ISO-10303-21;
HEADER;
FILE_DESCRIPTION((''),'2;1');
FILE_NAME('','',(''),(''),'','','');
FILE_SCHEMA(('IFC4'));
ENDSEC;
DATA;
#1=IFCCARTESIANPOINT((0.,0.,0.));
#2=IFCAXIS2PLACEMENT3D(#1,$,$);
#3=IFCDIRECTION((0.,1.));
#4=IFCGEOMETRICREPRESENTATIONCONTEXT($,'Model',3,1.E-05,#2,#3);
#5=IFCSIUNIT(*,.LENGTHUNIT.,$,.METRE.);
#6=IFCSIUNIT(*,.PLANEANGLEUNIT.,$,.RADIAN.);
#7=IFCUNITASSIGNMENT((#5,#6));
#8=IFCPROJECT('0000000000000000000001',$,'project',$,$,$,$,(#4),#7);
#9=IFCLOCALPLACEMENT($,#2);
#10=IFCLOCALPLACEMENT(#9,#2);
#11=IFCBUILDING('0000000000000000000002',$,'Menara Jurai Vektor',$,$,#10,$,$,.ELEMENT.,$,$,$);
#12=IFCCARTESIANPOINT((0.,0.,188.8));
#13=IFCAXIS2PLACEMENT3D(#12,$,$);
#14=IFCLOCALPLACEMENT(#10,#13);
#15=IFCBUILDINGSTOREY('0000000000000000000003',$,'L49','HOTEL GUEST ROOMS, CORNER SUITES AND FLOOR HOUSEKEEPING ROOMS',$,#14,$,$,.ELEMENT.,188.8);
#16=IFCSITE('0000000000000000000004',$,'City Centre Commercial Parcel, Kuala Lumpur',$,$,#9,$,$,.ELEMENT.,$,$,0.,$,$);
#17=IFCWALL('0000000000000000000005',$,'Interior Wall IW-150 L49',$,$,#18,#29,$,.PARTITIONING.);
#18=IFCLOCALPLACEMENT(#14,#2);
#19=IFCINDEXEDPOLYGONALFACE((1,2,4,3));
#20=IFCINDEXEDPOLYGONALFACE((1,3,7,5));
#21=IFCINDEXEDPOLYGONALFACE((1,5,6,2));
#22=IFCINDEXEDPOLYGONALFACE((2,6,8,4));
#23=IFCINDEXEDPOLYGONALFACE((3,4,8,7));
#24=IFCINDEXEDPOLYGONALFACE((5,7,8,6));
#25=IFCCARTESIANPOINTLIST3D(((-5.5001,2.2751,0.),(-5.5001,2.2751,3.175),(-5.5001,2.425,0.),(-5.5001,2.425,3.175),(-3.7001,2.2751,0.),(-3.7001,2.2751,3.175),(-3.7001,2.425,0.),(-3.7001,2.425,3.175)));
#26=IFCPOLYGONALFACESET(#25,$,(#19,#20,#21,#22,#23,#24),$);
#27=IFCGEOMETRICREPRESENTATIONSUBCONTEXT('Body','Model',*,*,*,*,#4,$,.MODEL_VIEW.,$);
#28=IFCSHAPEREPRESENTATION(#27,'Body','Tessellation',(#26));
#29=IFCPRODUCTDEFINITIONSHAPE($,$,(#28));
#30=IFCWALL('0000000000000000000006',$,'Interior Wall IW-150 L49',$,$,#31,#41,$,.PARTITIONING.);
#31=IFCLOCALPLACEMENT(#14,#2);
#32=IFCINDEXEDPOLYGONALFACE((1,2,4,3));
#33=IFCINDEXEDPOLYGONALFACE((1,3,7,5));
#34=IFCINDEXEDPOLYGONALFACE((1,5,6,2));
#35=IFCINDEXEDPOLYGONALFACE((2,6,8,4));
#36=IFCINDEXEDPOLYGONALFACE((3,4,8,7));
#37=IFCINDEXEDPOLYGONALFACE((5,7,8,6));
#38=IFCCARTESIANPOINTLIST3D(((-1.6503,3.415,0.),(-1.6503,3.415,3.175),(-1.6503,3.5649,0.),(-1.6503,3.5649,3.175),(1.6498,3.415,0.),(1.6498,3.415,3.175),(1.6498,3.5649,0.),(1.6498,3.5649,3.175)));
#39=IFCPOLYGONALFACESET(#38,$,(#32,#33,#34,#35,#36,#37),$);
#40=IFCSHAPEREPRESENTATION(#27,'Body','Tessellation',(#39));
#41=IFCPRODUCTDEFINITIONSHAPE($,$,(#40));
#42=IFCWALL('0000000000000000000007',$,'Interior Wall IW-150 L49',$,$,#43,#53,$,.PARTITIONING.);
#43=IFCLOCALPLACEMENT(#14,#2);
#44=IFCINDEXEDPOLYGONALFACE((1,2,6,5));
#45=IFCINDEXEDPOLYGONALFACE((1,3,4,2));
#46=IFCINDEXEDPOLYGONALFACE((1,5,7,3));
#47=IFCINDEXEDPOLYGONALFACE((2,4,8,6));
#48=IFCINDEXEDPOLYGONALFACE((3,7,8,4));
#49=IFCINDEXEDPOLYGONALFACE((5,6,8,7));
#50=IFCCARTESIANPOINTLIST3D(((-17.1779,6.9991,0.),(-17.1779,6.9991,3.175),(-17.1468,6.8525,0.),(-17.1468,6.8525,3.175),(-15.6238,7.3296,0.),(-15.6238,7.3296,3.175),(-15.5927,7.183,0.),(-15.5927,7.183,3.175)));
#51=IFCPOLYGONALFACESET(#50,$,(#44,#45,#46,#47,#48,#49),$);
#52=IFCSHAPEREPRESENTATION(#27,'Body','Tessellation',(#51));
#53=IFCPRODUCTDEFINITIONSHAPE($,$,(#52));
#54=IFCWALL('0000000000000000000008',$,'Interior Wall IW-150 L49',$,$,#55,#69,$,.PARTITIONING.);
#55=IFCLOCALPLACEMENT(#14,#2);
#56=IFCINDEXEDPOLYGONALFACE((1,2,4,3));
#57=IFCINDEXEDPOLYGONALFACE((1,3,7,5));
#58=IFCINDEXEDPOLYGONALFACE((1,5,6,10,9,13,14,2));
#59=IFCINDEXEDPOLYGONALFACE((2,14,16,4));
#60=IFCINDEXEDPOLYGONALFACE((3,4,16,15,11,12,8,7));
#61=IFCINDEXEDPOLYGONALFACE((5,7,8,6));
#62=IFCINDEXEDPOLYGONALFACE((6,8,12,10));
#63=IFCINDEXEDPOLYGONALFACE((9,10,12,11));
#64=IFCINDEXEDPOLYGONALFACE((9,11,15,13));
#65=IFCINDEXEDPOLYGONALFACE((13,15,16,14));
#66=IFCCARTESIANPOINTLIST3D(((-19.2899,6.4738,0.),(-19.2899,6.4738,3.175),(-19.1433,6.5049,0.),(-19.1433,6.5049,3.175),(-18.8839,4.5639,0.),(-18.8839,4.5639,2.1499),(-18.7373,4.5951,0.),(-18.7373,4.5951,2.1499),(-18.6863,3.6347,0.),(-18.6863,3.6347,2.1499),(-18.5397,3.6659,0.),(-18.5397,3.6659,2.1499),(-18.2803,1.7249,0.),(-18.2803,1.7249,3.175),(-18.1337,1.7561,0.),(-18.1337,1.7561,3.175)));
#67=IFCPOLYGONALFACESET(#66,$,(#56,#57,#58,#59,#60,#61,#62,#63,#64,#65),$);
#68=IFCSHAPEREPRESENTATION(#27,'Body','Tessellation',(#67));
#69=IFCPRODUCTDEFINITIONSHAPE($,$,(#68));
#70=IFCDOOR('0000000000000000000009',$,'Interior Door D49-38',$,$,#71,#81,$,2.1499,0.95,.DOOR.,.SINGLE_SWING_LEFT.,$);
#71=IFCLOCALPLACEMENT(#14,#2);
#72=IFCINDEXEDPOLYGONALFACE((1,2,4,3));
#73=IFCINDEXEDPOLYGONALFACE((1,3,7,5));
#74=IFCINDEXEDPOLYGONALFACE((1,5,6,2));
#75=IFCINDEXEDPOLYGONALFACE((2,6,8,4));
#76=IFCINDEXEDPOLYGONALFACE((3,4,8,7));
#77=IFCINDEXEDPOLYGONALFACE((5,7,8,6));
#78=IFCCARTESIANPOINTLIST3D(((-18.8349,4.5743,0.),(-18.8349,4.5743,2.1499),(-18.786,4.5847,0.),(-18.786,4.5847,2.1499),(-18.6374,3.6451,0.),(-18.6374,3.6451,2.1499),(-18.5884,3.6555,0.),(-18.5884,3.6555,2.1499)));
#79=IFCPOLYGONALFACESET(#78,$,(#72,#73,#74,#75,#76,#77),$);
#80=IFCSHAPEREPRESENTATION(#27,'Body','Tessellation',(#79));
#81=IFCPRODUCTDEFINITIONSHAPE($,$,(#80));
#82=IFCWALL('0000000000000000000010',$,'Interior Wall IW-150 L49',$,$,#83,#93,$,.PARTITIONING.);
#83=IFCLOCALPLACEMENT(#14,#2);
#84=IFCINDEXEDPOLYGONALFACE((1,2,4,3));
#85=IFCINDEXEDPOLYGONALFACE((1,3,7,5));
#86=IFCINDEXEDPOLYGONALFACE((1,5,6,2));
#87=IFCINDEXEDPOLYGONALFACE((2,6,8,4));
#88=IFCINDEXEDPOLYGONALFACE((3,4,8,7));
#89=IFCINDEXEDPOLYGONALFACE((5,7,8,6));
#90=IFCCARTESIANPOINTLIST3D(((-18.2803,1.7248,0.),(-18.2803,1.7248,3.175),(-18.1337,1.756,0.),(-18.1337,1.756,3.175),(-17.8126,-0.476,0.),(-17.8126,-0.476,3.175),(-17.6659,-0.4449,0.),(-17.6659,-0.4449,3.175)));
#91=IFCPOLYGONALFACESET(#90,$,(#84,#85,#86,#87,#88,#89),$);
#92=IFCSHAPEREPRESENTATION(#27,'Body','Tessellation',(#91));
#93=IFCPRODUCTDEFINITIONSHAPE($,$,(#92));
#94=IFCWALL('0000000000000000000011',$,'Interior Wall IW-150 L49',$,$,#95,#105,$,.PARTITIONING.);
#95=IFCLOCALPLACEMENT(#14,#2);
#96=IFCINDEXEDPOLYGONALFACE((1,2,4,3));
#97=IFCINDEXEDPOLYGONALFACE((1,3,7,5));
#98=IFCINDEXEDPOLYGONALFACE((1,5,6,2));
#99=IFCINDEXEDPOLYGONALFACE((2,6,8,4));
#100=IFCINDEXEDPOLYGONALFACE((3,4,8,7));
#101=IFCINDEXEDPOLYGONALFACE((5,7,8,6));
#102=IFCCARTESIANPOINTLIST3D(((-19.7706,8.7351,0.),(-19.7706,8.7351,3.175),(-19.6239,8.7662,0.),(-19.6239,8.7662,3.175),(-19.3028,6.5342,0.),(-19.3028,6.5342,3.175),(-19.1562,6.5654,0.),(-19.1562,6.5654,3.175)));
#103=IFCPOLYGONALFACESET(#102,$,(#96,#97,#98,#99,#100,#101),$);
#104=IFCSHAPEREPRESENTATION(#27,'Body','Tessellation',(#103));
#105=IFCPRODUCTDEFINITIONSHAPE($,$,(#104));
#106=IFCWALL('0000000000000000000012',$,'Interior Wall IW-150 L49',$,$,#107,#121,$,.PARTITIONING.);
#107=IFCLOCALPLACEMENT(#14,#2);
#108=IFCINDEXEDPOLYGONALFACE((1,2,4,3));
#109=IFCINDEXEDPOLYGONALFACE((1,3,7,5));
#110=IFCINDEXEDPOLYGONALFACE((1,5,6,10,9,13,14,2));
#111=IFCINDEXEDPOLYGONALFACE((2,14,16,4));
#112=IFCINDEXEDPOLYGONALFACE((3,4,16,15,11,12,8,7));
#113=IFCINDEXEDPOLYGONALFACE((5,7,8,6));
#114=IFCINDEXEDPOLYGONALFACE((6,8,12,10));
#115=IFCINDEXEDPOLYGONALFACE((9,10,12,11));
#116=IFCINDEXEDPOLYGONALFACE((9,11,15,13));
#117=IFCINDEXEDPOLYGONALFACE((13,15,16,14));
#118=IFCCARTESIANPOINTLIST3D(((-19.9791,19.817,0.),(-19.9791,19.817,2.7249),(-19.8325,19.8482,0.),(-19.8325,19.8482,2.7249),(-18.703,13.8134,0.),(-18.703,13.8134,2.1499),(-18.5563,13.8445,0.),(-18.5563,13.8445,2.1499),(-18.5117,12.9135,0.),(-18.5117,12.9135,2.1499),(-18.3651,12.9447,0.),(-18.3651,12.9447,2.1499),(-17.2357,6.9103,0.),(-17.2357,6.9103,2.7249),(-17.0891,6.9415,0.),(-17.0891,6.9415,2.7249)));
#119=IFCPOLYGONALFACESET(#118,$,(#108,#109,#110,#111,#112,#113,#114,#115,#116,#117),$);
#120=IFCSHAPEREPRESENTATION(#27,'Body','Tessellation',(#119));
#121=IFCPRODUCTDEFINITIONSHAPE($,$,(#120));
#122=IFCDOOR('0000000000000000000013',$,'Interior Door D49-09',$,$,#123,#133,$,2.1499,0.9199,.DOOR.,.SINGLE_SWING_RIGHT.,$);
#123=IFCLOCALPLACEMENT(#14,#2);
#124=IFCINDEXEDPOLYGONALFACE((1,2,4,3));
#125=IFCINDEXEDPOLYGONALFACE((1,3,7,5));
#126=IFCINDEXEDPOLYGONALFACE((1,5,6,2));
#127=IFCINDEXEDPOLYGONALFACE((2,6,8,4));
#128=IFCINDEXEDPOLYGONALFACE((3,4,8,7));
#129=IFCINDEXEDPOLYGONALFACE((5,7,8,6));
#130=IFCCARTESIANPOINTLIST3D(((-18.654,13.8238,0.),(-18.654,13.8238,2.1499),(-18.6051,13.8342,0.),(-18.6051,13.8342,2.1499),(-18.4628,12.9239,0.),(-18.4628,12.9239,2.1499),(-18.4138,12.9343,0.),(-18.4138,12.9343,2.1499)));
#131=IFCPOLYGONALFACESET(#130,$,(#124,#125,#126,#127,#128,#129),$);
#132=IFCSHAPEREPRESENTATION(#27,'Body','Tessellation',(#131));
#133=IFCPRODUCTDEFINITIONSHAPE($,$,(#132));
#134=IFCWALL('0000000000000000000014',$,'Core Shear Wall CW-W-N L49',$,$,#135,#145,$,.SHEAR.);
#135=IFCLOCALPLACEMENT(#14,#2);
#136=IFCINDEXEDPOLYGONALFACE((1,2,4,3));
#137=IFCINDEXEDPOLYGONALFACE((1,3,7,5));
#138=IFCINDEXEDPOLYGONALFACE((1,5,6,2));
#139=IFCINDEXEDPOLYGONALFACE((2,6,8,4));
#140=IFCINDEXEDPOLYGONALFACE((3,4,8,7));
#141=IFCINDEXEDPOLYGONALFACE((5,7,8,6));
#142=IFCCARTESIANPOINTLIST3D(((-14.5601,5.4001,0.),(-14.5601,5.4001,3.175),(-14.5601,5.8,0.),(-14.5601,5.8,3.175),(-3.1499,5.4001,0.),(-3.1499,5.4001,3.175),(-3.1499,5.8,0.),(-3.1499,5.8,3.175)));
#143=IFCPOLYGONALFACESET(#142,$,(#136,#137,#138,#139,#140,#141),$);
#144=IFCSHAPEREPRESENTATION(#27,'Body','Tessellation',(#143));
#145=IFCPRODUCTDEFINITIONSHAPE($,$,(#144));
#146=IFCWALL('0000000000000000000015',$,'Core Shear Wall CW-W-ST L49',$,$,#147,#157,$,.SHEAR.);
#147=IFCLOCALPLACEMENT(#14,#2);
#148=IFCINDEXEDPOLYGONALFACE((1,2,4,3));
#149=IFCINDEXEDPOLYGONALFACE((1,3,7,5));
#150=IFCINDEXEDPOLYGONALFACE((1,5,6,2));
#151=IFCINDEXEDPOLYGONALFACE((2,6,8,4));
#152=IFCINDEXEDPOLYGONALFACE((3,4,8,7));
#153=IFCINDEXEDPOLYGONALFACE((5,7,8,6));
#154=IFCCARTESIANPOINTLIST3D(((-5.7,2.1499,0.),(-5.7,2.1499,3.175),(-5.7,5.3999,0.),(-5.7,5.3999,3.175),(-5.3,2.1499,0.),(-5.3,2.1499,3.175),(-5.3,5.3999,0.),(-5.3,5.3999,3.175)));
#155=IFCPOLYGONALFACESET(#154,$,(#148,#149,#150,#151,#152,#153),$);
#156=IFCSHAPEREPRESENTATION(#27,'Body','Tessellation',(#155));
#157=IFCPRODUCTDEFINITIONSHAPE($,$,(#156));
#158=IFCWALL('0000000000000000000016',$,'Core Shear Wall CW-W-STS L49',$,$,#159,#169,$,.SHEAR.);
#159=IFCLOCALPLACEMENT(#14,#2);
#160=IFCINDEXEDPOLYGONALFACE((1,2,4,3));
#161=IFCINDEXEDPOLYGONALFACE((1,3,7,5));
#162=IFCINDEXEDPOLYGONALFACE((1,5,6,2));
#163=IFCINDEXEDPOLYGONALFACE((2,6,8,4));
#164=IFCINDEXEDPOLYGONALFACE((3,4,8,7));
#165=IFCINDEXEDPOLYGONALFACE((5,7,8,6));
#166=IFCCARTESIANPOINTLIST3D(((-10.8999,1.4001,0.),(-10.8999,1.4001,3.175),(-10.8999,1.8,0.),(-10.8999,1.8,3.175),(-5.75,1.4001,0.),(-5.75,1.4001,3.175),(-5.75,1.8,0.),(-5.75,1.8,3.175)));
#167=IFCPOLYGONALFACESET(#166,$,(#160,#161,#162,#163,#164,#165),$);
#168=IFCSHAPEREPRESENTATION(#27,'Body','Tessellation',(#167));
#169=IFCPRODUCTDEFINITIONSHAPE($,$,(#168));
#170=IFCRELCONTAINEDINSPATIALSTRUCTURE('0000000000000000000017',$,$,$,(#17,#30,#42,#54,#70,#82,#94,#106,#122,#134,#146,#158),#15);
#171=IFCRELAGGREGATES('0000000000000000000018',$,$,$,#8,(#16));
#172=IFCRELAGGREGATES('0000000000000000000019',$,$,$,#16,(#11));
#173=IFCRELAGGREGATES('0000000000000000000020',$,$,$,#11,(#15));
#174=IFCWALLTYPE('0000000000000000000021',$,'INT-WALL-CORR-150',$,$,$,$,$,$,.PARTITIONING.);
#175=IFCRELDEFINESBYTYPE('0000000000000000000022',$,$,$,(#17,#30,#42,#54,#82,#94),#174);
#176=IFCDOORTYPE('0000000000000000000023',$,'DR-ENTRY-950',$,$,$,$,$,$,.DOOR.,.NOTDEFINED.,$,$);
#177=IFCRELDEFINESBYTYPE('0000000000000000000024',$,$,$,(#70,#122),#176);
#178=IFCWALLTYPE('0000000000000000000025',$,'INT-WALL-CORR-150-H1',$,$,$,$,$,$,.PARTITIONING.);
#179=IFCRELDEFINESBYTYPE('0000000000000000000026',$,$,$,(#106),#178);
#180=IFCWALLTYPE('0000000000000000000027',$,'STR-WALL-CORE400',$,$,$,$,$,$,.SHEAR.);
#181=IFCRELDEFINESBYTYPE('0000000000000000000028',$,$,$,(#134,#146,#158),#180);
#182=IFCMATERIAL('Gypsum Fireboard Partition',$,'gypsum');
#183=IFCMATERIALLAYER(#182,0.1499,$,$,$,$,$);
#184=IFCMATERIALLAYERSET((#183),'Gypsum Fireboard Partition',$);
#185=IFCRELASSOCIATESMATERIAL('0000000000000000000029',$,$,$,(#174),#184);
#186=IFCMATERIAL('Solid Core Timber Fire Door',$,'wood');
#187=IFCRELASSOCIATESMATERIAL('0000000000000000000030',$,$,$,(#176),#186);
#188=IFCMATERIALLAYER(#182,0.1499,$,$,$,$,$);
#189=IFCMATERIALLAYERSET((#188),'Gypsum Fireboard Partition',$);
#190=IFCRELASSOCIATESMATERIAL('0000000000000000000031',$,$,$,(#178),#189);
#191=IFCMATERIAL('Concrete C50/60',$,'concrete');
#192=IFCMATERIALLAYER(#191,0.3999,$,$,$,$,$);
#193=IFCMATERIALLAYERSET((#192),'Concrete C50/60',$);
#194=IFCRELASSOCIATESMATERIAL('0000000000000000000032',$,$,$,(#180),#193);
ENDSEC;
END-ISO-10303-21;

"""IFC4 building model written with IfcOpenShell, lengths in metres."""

from ifc_helpers import new_model, si_unit, direction, frame, frame_2d, origin, place, context, subcontext, project, spatial, rectangle, extrude, material, layer, layer_set, type_object, element, fill, save


model = new_model("IFC4")

# Units and contexts
model_context = context("Model", 3, precision=1e-05, world=origin(), true_north=direction((0.0, 1.0)))
body_context = subcontext(model_context, "Body", "Model", "MODEL_VIEW")
ifc_project = project(units=[si_unit("LENGTHUNIT", "METRE"), si_unit("PLANEANGLEUNIT", "RADIAN")], contexts=[model_context])

# Site, building, storey
site_placement = place(None, origin())
site = spatial("IfcSite", under=ifc_project, at=site_placement, Name="City Centre Commercial Parcel, Kuala Lumpur", CompositionType="ELEMENT", RefElevation=0.0)
building_placement = place(site_placement, origin())
building = spatial("IfcBuilding", under=site, at=building_placement, Name="Menara Jurai Vektor", CompositionType="ELEMENT")
storey_placement = place(building_placement, frame((0.0, 0.0, 188.8)))
storey = spatial("IfcBuildingStorey", under=building, at=storey_placement, Name="L49", Description="HOTEL GUEST ROOMS, CORNER SUITES AND FLOOR HOUSEKEEPING ROOMS", CompositionType="ELEMENT", Elevation=188.8)

# Shared definitions
ifc_material_1 = material(Name="Concrete C50/60", Category="concrete")

# Walls
ifc_material_2 = material(Name="Gypsum Fireboard Partition", Category="gypsum")
ifc_layer_1 = layer(ifc_material_2, 0.1499)
ifc_layer_set_1 = layer_set([ifc_layer_1], Name="Gypsum Fireboard Partition")
wall_type_1 = type_object("IfcWallType", Name="INT-WALL-CORR-150", PredefinedType="PARTITIONING", material=ifc_layer_set_1)
for number, where, z_axis, x_axis, name in (
    (1, (-5.5, 2.3501, 0.0), (0.0, 0.0, 1.0), (1.0, 0.0, 0.0), "Interior Wall IW-150 L49"),
):
    element("IfcWall", number, at=place(storey_placement, frame(where, z_axis=z_axis, x_axis=x_axis)), inside=storey, type_object=wall_type_1, Name=name, PredefinedType="PARTITIONING", context=body_context, shape_type="SweptSolid", body=[
        extrude(rectangle(XDim=1.8, YDim=0.1499, at=frame_2d((0.8999, 0.0))), origin(), (0.0, 0.0, 1.0), 3.175),
    ])
wall_1_placement = place(storey_placement, frame((-1.6501, 3.49, 0.0), z_axis=(0.0, 0.0, 1.0), x_axis=(1.0, 0.0, 0.0)))
element("IfcWall", 2, at=wall_1_placement, inside=storey, type_object=wall_type_1, Name="Interior Wall IW-150 L49", PredefinedType="PARTITIONING", context=body_context, shape_type="SweptSolid", body=[
    extrude(rectangle(XDim=3.3, YDim=0.1499, at=frame_2d((1.6499, 0.0))), origin(), (0.0, 0.0, 1.0), 3.175),
])
wall_2_placement = place(storey_placement, frame((-17.1624, 6.9258, 0.0), z_axis=(0.0, 0.0, 1.0), x_axis=(0.978121, 0.208039, 0.0)))
element("IfcWall", 3, at=wall_2_placement, inside=storey, type_object=wall_type_1, Name="Interior Wall IW-150 L49", PredefinedType="PARTITIONING", context=body_context, shape_type="SweptSolid", body=[
    extrude(rectangle(XDim=1.5889, YDim=0.1499, at=frame_2d((0.7944, 0.0))), origin(), (0.0, 0.0, 1.0), 3.175),
])

# Wall, opening, door
wall_3_placement = place(storey_placement, frame((-18.207, 1.7405, 0.0), z_axis=(0.0, 0.0, 1.0), x_axis=(-0.207939, 0.978142, 0.0)))
wall_3 = element("IfcWall", 4, at=wall_3_placement, inside=storey, type_object=wall_type_1, Name="Interior Wall IW-150 L49", PredefinedType="PARTITIONING", context=body_context, shape_type="SweptSolid", body=[
    extrude(rectangle(XDim=4.855, YDim=0.1499, at=frame_2d((2.4275, 0.0))), origin(), (0.0, 0.0, 1.0), 3.175),
])
opening_1_placement = place(wall_3_placement, frame((1.9524, 0.0, 0.0)))
opening_1 = element("IfcOpeningElement", 5, at=opening_1_placement, cuts=wall_3, PredefinedType="OPENING", context=body_context, shape_type="SweptSolid", body=[
    extrude(rectangle(XDim=0.95, YDim=2.1499, at=frame_2d((0.4751, 1.075))), frame((0.0, 0.085, 0.0), z_axis=(0.0, -1.0, 0.0), x_axis=(1.0, 0.0, 0.0)), (0.0, 0.0, 1.0), 0.1699),
])
ifc_material_3 = material(Name="Solid Core Timber Fire Door", Category="wood")
door_type_1 = type_object("IfcDoorType", Name="DR-ENTRY-950", OperationType="NOTDEFINED", PredefinedType="DOOR", material=ifc_material_3)
door_1_placement = place(opening_1_placement, origin())
door_1 = element("IfcDoor", 6, at=door_1_placement, inside=storey, type_object=door_type_1, Name="Interior Door D49-38", OperationType="SINGLE_SWING_LEFT", OverallHeight=2.1499, OverallWidth=0.95, PredefinedType="DOOR", context=body_context, shape_type="SweptSolid", body=[
    extrude(rectangle(XDim=0.95, YDim=2.1499, at=frame_2d((0.4751, 1.075))), frame((0.0, 0.0249, 0.0), z_axis=(0.0, -1.0, 0.0), x_axis=(1.0, 0.0, 0.0)), (0.0, 0.0, 1.0), 0.05),
])
fill(opening_1, door_1)

# Walls
for number, where, z_axis, x_axis, name in (
    (7, (-17.7393, -0.4604, 0.0), (0.0, 0.0, 1.0), (-0.207891, 0.978152, 0.0), "Interior Wall IW-150 L49"),
    (8, (-19.2295, 6.5498, 0.0), (0.0, 0.0, 1.0), (-0.207891, 0.978152, 0.0), "Interior Wall IW-150 L49"),
):
    element("IfcWall", number, at=place(storey_placement, frame(where, z_axis=z_axis, x_axis=x_axis)), inside=storey, type_object=wall_type_1, Name=name, PredefinedType="PARTITIONING", context=body_context, shape_type="SweptSolid", body=[
        extrude(rectangle(XDim=2.25, YDim=0.1499, at=frame_2d((1.125, 0.0))), origin(), (0.0, 0.0, 1.0), 3.175),
    ])

# Wall, opening, door
ifc_layer_2 = layer(ifc_material_2, 0.1499)
ifc_layer_set_2 = layer_set([ifc_layer_2], Name="Gypsum Fireboard Partition")
wall_type_2 = type_object("IfcWallType", Name="INT-WALL-CORR-150-H1", PredefinedType="PARTITIONING", material=ifc_layer_set_2)
wall_4_placement = place(storey_placement, frame((-17.1624, 6.9258, 0.0), z_axis=(0.0, 0.0, 1.0), x_axis=(-0.207911, 0.978148, 0.0)))
wall_4 = element("IfcWall", 9, at=wall_4_placement, inside=storey, type_object=wall_type_2, Name="Interior Wall IW-150 L49", PredefinedType="PARTITIONING", context=body_context, shape_type="SweptSolid", body=[
    extrude(rectangle(XDim=13.1951, YDim=0.1499, at=frame_2d((6.5977, 0.0))), origin(), (0.0, 0.0, 1.0), 2.7249),
])
opening_2_placement = place(wall_4_placement, frame((6.1375, 0.0, 0.0)))
opening_2 = element("IfcOpeningElement", 10, at=opening_2_placement, cuts=wall_4, PredefinedType="OPENING", context=body_context, shape_type="SweptSolid", body=[
    extrude(rectangle(XDim=0.9199, YDim=2.1499, at=frame_2d((0.46, 1.075))), frame((0.0, 0.085, 0.0), z_axis=(0.0, -1.0, 0.0), x_axis=(1.0, 0.0, 0.0)), (0.0, 0.0, 1.0), 0.1699),
])
door_2_placement = place(opening_2_placement, origin())
door_2 = element("IfcDoor", 11, at=door_2_placement, inside=storey, type_object=door_type_1, Name="Interior Door D49-09", OperationType="SINGLE_SWING_RIGHT", OverallHeight=2.1499, OverallWidth=0.9199, PredefinedType="DOOR", context=body_context, shape_type="SweptSolid", body=[
    extrude(rectangle(XDim=0.9199, YDim=2.1499, at=frame_2d((0.46, 1.075))), frame((0.0, 0.0249, 0.0), z_axis=(0.0, -1.0, 0.0), x_axis=(1.0, 0.0, 0.0)), (0.0, 0.0, 1.0), 0.05),
])
fill(opening_2, door_2)

# Walls
ifc_layer_3 = layer(ifc_material_1, 0.3999)
ifc_layer_set_3 = layer_set([ifc_layer_3], Name="Concrete C50/60")
wall_type_3 = type_object("IfcWallType", Name="STR-WALL-CORE400", PredefinedType="SHEAR", material=ifc_layer_set_3)
wall_5_placement = place(storey_placement, frame((-14.5601, 5.6001, 0.0), z_axis=(0.0, 0.0, 1.0), x_axis=(1.0, 0.0, 0.0)))
element("IfcWall", 12, at=wall_5_placement, inside=storey, type_object=wall_type_3, Name="Core Shear Wall CW-W-N L49", PredefinedType="SHEAR", context=body_context, shape_type="SweptSolid", body=[
    extrude(rectangle(XDim=11.4102, YDim=0.3999, at=frame_2d((5.7051, 0.0))), origin(), (0.0, 0.0, 1.0), 3.175),
])
wall_6_placement = place(storey_placement, frame((-5.5, 2.1499, 0.0), z_axis=(0.0, 0.0, 1.0), x_axis=(0.0, 1.0, 0.0)))
element("IfcWall", 13, at=wall_6_placement, inside=storey, type_object=wall_type_3, Name="Core Shear Wall CW-W-ST L49", PredefinedType="SHEAR", context=body_context, shape_type="SweptSolid", body=[
    extrude(rectangle(XDim=3.25, YDim=0.3999, at=frame_2d((1.625, 0.0))), origin(), (0.0, 0.0, 1.0), 3.175),
])
wall_7_placement = place(storey_placement, frame((-10.8999, 1.6001, 0.0), z_axis=(0.0, 0.0, 1.0), x_axis=(1.0, 0.0, 0.0)))
element("IfcWall", 14, at=wall_7_placement, inside=storey, type_object=wall_type_3, Name="Core Shear Wall CW-W-STS L49", PredefinedType="SHEAR", context=body_context, shape_type="SweptSolid", body=[
    extrude(rectangle(XDim=5.1499, YDim=0.3999, at=frame_2d((2.575, 0.0))), origin(), (0.0, 0.0, 1.0), 3.175),
])

save(model, "model.ifc")
